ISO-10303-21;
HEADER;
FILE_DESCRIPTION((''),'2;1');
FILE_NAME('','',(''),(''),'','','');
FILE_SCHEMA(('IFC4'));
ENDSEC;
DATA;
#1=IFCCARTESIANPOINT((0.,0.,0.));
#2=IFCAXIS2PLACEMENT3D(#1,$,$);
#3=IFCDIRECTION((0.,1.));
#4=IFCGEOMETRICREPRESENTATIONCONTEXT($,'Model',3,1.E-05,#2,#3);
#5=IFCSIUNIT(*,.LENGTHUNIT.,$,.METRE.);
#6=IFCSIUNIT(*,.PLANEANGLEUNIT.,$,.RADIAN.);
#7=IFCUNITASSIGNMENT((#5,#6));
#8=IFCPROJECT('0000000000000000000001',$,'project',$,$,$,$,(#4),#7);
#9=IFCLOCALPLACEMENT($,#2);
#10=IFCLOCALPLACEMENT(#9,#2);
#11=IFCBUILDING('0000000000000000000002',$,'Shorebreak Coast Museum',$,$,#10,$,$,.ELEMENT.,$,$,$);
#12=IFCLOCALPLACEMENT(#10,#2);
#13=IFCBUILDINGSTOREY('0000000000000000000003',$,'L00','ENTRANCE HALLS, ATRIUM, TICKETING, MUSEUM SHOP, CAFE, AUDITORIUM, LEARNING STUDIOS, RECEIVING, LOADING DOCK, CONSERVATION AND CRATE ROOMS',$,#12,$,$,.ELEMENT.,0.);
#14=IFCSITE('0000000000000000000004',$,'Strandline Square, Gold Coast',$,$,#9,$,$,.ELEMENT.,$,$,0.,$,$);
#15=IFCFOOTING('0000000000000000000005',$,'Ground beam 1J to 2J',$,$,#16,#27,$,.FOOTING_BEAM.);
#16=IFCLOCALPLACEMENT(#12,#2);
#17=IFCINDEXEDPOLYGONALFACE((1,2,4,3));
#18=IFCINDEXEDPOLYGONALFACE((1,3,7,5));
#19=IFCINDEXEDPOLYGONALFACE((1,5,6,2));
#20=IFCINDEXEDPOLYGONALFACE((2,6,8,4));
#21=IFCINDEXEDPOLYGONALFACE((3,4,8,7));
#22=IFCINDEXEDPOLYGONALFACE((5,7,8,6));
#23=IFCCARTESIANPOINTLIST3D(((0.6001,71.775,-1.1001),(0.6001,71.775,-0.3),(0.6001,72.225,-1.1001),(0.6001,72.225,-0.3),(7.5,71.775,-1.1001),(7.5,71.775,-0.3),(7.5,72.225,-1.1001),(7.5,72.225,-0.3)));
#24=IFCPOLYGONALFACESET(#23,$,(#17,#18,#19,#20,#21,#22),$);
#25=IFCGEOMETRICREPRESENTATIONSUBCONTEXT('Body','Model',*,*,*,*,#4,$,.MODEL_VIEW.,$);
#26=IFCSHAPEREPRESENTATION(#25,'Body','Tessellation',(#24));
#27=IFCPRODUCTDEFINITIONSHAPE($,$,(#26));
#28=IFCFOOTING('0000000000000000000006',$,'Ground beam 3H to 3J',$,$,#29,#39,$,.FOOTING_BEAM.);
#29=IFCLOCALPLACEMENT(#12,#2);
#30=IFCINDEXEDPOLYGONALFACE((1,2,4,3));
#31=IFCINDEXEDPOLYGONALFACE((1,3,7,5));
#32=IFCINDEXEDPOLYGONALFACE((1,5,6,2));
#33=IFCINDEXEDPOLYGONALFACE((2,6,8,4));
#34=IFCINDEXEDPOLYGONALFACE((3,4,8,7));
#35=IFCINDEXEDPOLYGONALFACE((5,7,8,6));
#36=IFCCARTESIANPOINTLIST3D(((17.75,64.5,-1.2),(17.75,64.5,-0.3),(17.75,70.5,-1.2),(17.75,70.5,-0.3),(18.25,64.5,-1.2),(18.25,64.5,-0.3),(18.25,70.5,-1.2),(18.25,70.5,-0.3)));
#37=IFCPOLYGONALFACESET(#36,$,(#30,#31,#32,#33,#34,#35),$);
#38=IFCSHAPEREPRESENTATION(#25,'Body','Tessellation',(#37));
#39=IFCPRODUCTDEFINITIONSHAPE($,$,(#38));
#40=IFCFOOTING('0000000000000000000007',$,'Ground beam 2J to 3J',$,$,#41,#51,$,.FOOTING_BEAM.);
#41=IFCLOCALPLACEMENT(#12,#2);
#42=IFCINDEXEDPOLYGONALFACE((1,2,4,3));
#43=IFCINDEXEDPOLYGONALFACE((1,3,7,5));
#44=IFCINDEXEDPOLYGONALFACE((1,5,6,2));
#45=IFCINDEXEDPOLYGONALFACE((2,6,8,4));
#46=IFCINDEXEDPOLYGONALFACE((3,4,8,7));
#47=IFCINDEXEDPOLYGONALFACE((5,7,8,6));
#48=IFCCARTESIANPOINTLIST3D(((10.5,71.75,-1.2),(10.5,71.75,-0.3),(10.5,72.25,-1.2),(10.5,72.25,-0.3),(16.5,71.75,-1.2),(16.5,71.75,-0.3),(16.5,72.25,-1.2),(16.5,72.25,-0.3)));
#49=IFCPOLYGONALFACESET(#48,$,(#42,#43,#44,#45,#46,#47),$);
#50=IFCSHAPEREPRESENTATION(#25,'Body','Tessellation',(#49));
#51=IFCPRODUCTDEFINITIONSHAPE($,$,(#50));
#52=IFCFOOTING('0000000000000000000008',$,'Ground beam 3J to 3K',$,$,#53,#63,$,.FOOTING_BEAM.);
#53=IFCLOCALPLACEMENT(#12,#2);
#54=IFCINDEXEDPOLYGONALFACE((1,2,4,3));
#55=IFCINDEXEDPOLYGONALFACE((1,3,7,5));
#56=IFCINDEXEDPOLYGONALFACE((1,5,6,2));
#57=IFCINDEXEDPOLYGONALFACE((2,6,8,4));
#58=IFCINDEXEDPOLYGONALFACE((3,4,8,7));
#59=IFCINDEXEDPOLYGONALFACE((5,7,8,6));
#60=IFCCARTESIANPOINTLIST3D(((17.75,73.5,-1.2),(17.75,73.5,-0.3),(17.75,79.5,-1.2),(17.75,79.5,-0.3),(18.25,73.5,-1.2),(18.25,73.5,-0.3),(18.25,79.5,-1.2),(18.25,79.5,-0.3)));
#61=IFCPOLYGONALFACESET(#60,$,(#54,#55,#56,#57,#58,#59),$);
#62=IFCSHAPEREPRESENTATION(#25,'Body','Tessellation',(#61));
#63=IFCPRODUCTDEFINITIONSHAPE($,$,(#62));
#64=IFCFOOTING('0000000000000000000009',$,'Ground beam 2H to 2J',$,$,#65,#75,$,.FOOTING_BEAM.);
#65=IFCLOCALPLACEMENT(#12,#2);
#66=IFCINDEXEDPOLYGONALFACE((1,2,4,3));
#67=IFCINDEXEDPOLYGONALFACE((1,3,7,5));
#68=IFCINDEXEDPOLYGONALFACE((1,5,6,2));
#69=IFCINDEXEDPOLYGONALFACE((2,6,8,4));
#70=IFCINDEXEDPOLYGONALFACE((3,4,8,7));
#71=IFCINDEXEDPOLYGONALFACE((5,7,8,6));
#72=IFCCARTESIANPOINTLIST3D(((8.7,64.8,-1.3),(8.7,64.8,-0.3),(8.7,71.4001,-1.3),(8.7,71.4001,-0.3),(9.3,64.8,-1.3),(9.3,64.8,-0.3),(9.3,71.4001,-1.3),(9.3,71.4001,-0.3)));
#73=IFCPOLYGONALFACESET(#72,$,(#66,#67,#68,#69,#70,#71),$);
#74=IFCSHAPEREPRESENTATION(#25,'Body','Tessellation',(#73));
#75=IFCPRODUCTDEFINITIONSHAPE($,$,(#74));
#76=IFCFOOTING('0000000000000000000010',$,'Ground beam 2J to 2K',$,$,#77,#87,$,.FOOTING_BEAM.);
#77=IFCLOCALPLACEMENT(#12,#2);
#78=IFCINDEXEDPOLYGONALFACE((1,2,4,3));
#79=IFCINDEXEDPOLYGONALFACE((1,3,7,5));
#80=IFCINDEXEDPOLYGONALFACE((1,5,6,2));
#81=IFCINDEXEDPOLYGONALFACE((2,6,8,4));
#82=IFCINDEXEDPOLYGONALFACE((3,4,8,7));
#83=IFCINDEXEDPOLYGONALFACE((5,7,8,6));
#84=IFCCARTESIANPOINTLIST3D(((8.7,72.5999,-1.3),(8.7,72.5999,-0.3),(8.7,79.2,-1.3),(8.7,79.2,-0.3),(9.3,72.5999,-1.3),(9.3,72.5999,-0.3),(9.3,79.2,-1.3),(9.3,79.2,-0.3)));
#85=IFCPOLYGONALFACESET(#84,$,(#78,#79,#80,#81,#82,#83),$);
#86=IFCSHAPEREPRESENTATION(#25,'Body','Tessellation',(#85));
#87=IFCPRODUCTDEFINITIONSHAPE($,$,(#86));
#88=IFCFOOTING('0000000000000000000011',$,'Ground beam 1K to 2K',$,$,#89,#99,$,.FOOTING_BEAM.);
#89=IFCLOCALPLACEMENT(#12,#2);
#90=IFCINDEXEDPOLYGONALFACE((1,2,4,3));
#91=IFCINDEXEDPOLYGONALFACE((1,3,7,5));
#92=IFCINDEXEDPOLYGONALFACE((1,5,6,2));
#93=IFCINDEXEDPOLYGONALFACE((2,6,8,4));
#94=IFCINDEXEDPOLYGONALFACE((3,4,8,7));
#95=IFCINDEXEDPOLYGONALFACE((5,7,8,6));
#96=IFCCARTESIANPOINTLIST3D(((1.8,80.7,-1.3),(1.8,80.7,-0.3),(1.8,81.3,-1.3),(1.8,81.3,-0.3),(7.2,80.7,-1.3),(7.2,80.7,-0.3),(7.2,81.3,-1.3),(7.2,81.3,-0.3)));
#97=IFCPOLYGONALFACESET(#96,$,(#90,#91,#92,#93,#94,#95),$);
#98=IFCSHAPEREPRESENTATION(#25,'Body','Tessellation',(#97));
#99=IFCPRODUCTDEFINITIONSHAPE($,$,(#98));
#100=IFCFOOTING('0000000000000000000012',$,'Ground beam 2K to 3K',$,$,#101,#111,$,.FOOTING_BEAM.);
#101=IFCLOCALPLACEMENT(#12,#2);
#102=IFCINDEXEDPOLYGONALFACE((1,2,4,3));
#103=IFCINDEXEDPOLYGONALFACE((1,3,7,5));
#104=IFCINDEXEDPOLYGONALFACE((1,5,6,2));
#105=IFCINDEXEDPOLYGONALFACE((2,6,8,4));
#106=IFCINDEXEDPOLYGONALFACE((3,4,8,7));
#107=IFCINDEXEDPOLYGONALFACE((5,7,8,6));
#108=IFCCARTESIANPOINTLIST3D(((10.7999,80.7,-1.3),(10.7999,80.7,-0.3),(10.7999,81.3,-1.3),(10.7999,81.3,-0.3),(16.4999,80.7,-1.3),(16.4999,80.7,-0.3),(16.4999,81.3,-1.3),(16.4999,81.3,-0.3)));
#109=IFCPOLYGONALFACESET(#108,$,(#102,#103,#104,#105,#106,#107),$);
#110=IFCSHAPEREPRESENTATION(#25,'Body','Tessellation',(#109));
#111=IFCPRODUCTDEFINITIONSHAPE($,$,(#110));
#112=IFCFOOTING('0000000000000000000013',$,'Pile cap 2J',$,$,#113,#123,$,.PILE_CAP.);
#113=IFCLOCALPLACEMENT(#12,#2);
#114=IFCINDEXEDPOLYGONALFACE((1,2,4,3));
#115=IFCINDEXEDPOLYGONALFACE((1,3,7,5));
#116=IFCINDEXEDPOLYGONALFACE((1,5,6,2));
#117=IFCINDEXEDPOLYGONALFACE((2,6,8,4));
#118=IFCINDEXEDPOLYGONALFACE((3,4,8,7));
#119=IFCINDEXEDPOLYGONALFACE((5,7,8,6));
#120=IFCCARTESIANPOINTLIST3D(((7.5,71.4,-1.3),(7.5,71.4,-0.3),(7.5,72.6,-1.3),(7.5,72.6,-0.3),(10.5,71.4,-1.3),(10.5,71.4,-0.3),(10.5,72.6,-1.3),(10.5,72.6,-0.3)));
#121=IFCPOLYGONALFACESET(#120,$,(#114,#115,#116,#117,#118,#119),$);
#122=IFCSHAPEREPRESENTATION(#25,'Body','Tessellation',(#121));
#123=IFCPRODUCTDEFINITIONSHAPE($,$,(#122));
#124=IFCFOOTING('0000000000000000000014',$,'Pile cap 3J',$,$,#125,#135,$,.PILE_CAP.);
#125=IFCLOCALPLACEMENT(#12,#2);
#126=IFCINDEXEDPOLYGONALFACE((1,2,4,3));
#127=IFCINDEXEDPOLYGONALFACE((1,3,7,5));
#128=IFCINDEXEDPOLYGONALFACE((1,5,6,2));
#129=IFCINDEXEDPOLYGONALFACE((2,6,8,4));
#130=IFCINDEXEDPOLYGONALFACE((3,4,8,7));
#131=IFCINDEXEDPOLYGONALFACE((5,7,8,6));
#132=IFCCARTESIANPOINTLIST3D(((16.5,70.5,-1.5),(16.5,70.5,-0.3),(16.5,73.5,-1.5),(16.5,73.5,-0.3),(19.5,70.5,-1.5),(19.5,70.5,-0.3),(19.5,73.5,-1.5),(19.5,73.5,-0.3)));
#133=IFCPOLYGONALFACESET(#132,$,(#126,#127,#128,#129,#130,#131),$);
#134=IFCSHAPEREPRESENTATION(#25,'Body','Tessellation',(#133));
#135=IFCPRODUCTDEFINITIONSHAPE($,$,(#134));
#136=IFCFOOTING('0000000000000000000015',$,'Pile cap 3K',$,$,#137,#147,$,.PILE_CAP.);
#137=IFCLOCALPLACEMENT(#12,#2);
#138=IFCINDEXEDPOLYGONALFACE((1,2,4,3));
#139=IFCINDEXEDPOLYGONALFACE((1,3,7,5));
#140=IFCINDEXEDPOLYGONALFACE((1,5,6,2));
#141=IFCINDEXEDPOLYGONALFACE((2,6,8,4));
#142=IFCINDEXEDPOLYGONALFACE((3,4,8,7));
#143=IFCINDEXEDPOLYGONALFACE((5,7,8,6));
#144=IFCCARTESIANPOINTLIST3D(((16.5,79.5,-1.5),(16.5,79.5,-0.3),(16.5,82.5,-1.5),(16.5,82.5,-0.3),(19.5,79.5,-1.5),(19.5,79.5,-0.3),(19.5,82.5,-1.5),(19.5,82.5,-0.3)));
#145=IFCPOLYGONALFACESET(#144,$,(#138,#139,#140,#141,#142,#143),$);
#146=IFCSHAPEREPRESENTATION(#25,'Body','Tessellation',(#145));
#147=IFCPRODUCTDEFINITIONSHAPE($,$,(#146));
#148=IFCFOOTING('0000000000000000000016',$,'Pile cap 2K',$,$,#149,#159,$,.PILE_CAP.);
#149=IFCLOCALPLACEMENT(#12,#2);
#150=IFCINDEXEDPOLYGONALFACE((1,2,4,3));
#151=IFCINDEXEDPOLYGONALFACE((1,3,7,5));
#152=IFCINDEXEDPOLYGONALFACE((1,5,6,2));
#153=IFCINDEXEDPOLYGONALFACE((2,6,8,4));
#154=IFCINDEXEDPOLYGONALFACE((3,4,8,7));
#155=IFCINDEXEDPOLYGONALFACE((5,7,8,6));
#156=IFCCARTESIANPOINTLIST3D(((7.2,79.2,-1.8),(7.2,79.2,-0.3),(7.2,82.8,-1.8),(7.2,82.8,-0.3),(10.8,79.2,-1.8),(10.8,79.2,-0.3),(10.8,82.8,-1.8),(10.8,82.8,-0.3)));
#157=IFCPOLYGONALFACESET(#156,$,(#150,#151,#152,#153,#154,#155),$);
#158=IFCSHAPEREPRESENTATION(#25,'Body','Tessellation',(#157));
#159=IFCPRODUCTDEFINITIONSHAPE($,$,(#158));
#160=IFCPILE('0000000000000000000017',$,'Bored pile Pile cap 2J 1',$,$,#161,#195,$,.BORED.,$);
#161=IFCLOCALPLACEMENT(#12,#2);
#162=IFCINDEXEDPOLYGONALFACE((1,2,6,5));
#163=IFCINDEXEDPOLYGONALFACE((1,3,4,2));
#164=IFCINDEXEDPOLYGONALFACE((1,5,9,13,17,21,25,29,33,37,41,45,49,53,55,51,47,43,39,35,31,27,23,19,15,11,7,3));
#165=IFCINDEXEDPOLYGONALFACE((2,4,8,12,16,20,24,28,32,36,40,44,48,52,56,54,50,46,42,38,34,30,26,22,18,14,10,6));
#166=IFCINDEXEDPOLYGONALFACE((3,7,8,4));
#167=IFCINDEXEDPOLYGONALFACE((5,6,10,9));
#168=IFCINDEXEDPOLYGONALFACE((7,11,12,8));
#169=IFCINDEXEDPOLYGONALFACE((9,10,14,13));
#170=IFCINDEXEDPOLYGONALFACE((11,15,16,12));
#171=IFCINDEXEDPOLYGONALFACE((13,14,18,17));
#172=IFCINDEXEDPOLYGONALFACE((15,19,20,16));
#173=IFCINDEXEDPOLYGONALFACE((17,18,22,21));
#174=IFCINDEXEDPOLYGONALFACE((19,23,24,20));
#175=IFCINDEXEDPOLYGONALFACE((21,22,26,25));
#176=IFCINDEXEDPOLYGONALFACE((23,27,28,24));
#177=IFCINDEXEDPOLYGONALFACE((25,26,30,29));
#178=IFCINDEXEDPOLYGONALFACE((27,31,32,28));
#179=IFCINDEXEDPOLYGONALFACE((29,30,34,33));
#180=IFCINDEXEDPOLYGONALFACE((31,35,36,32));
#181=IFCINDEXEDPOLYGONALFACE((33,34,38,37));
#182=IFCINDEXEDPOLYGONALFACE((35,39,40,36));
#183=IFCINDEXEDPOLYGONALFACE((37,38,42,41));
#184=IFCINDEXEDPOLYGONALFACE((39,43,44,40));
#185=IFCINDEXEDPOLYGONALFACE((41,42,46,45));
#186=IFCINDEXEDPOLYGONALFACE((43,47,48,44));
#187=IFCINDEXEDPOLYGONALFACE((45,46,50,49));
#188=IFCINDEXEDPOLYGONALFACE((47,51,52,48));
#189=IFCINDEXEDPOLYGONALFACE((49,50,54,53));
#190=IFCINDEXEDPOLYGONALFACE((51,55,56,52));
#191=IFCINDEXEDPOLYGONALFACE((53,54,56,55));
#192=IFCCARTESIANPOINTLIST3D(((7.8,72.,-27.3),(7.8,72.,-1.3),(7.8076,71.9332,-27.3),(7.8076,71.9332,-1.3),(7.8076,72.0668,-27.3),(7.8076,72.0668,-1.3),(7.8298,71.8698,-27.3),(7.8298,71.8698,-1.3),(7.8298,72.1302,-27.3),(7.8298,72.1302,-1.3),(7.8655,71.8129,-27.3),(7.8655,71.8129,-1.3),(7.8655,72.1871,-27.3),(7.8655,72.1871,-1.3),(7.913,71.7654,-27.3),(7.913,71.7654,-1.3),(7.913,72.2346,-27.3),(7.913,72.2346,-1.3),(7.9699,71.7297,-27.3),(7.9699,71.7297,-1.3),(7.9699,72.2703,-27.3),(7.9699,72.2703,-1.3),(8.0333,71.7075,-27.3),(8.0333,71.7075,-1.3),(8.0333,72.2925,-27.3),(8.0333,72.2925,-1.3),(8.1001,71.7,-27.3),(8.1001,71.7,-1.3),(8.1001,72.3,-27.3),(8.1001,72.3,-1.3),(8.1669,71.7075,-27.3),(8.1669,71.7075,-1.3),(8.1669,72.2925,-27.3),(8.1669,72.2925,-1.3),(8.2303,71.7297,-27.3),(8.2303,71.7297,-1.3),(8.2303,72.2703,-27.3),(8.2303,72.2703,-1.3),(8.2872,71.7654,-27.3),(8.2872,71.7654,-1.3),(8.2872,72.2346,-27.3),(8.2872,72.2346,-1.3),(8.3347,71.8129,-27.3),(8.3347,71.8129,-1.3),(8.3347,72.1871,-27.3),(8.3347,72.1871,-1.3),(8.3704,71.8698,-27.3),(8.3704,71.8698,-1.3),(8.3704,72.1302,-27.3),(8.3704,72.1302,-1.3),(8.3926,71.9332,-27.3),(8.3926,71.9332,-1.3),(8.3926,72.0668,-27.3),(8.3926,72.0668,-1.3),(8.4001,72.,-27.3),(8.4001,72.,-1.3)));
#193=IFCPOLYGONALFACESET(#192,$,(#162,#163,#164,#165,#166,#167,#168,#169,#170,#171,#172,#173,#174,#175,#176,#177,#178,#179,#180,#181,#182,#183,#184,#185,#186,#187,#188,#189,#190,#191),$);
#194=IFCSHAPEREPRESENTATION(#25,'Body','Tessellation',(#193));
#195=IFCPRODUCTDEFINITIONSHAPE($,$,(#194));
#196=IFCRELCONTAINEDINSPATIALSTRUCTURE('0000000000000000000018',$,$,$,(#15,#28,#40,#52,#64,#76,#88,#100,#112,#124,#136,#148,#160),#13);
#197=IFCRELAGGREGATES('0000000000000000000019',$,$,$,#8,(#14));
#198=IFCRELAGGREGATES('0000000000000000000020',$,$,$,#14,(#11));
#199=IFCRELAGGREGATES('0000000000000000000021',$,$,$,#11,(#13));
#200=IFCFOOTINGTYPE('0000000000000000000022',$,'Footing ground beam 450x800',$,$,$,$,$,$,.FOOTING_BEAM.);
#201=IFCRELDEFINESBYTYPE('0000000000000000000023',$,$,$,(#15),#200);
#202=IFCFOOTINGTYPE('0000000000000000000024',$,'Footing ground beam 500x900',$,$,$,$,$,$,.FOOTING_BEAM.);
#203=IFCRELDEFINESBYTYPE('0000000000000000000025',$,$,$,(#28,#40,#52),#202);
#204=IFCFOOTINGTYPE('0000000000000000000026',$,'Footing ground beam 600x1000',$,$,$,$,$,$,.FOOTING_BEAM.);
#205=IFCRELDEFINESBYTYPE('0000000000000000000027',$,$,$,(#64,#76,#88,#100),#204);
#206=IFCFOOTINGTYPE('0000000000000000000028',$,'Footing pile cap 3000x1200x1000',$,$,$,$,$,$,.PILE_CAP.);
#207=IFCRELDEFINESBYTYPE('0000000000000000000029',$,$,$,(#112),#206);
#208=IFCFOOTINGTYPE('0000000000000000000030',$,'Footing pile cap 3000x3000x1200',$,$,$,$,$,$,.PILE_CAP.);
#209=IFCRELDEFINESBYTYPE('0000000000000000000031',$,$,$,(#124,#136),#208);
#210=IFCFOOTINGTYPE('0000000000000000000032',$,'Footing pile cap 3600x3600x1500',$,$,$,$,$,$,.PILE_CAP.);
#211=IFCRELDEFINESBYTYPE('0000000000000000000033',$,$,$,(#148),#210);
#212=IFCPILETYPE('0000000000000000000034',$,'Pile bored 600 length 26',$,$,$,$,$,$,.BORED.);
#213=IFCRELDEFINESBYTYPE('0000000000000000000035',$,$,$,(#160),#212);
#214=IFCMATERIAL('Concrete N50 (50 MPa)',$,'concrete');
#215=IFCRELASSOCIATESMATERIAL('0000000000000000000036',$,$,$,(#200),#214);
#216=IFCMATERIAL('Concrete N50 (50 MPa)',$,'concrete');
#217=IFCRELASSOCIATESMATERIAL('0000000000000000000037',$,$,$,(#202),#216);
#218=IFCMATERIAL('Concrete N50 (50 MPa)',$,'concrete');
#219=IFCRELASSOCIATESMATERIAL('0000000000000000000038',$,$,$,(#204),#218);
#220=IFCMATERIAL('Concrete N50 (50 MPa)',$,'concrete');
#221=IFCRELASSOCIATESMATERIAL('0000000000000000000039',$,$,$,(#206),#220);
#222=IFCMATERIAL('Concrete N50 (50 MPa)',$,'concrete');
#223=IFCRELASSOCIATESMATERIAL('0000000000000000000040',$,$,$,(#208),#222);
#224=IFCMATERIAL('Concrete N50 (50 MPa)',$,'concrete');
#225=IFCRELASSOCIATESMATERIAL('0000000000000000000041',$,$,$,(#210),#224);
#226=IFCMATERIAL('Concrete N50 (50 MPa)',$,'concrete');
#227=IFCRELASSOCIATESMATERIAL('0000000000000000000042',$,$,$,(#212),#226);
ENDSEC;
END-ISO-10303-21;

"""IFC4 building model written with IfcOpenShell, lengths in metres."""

from ifc_helpers import new_model, si_unit, direction, frame, origin, origin_2d, place, context, subcontext, project, spatial, rectangle, circle, extrude, material, material_profile, profile_set, type_object, element, save


model = new_model("IFC4")

# Units and contexts
model_context = context("Model", 3, precision=1e-05, world=origin(), true_north=direction((0.0, 1.0)))
body_context = subcontext(model_context, "Body", "Model", "MODEL_VIEW")
ifc_project = project(units=[si_unit("LENGTHUNIT", "METRE"), si_unit("PLANEANGLEUNIT", "RADIAN")], contexts=[model_context])

# Site, building, storey
site_placement = place(None, origin())
site = spatial("IfcSite", under=ifc_project, at=site_placement, Name="Strandline Square, Gold Coast", CompositionType="ELEMENT", RefElevation=0.0)
building_placement = place(site_placement, origin())
building = spatial("IfcBuilding", under=site, at=building_placement, Name="Shorebreak Coast Museum", CompositionType="ELEMENT")
storey_placement = place(building_placement, origin())
storey = spatial("IfcBuildingStorey", under=building, at=storey_placement, Name="L00", Description="ENTRANCE HALLS, ATRIUM, TICKETING, MUSEUM SHOP, CAFE, AUDITORIUM, LEARNING STUDIOS, RECEIVING, LOADING DOCK, CONSERVATION AND CRATE ROOMS", CompositionType="ELEMENT", Elevation=0.0)

# Footings
ifc_material_1 = material(Name="Concrete N50 (50 MPa)", Category="concrete")
footing_type_1 = type_object("IfcFootingType", Name="Footing ground beam 450x800", PredefinedType="FOOTING_BEAM", material=ifc_material_1)
footing_1_placement = place(storey_placement, frame((4.05, 72.0, -1.1001), z_axis=(0.0, 0.0, 1.0), x_axis=(1.0, 0.0, 0.0)))
element("IfcFooting", 1, at=footing_1_placement, inside=storey, type_object=footing_type_1, Name="Ground beam 1J to 2J", PredefinedType="FOOTING_BEAM", context=body_context, shape_type="SweptSolid", body=[
    extrude(rectangle(XDim=6.8999, YDim=0.45, at=origin_2d()), origin(), (0.0, 0.0, 1.0), 0.8),
])
ifc_material_2 = material(Name="Concrete N50 (50 MPa)", Category="concrete")
footing_type_2 = type_object("IfcFootingType", Name="Footing ground beam 500x900", PredefinedType="FOOTING_BEAM", material=ifc_material_2)
footing_2_placement = place(storey_placement, frame((18.0, 67.5, -1.2), z_axis=(0.0, 0.0, 1.0), x_axis=(1.0, 0.0, 0.0)))
element("IfcFooting", 2, at=footing_2_placement, inside=storey, type_object=footing_type_2, Name="Ground beam 3H to 3J", PredefinedType="FOOTING_BEAM", context=body_context, shape_type="SweptSolid", body=[
    extrude(rectangle(XDim=0.5, YDim=6.0, at=origin_2d()), origin(), (0.0, 0.0, 1.0), 0.8999),
])
footing_3_placement = place(storey_placement, frame((13.5, 72.0, -1.2), z_axis=(0.0, 0.0, 1.0), x_axis=(1.0, 0.0, 0.0)))
element("IfcFooting", 3, at=footing_3_placement, inside=storey, type_object=footing_type_2, Name="Ground beam 2J to 3J", PredefinedType="FOOTING_BEAM", context=body_context, shape_type="SweptSolid", body=[
    extrude(rectangle(XDim=6.0, YDim=0.5, at=origin_2d()), origin(), (0.0, 0.0, 1.0), 0.8999),
])
footing_4_placement = place(storey_placement, frame((18.0, 76.5, -1.2), z_axis=(0.0, 0.0, 1.0), x_axis=(1.0, 0.0, 0.0)))
element("IfcFooting", 4, at=footing_4_placement, inside=storey, type_object=footing_type_2, Name="Ground beam 3J to 3K", PredefinedType="FOOTING_BEAM", context=body_context, shape_type="SweptSolid", body=[
    extrude(rectangle(XDim=0.5, YDim=6.0, at=origin_2d()), origin(), (0.0, 0.0, 1.0), 0.8999),
])
ifc_material_3 = material(Name="Concrete N50 (50 MPa)", Category="concrete")
footing_type_3 = type_object("IfcFootingType", Name="Footing ground beam 600x1000", PredefinedType="FOOTING_BEAM", material=ifc_material_3)
for number, where, z_axis, x_axis, name in (
    (5, (9.0, 68.1001, -1.3), (0.0, 0.0, 1.0), (1.0, 0.0, 0.0), "Ground beam 2H to 2J"),
    (6, (9.0, 75.8999, -1.3), (0.0, 0.0, 1.0), (1.0, 0.0, 0.0), "Ground beam 2J to 2K"),
):
    element("IfcFooting", number, at=place(storey_placement, frame(where, z_axis=z_axis, x_axis=x_axis)), inside=storey, type_object=footing_type_3, Name=name, PredefinedType="FOOTING_BEAM", context=body_context, shape_type="SweptSolid", body=[
        extrude(rectangle(XDim=0.6001, YDim=6.6001, at=origin_2d()), origin(), (0.0, 0.0, 1.0), 1.0),
    ])
footing_5_placement = place(storey_placement, frame((4.5, 81.0, -1.3), z_axis=(0.0, 0.0, 1.0), x_axis=(1.0, 0.0, 0.0)))
element("IfcFooting", 7, at=footing_5_placement, inside=storey, type_object=footing_type_3, Name="Ground beam 1K to 2K", PredefinedType="FOOTING_BEAM", context=body_context, shape_type="SweptSolid", body=[
    extrude(rectangle(XDim=5.3999, YDim=0.6001, at=origin_2d()), origin(), (0.0, 0.0, 1.0), 1.0),
])
footing_6_placement = place(storey_placement, frame((13.6499, 81.0, -1.3), z_axis=(0.0, 0.0, 1.0), x_axis=(1.0, 0.0, 0.0)))
element("IfcFooting", 8, at=footing_6_placement, inside=storey, type_object=footing_type_3, Name="Ground beam 2K to 3K", PredefinedType="FOOTING_BEAM", context=body_context, shape_type="SweptSolid", body=[
    extrude(rectangle(XDim=5.7, YDim=0.6001, at=origin_2d()), origin(), (0.0, 0.0, 1.0), 1.0),
])
ifc_material_4 = material(Name="Concrete N50 (50 MPa)", Category="concrete")
footing_type_4 = type_object("IfcFootingType", Name="Footing pile cap 3000x1200x1000", PredefinedType="PILE_CAP", material=ifc_material_4)
footing_7_placement = place(storey_placement, frame((9.0, 72.0, -1.3), z_axis=(0.0, 0.0, 1.0), x_axis=(1.0, 0.0, 0.0)))
element("IfcFooting", 9, at=footing_7_placement, inside=storey, type_object=footing_type_4, Name="Pile cap 2J", PredefinedType="PILE_CAP", context=body_context, shape_type="SweptSolid", body=[
    extrude(rectangle(XDim=3.0, YDim=1.2, at=origin_2d()), origin(), (0.0, 0.0, 1.0), 1.0),
])
ifc_material_5 = material(Name="Concrete N50 (50 MPa)", Category="concrete")
footing_type_5 = type_object("IfcFootingType", Name="Footing pile cap 3000x3000x1200", PredefinedType="PILE_CAP", material=ifc_material_5)
for number, where, z_axis, x_axis, name in (
    (10, (18.0, 72.0, -1.5), (0.0, 0.0, 1.0), (1.0, 0.0, 0.0), "Pile cap 3J"),
    (11, (18.0, 81.0, -1.5), (0.0, 0.0, 1.0), (1.0, 0.0, 0.0), "Pile cap 3K"),
):
    element("IfcFooting", number, at=place(storey_placement, frame(where, z_axis=z_axis, x_axis=x_axis)), inside=storey, type_object=footing_type_5, Name=name, PredefinedType="PILE_CAP", context=body_context, shape_type="SweptSolid", body=[
        extrude(rectangle(XDim=3.0, YDim=3.0, at=origin_2d()), origin(), (0.0, 0.0, 1.0), 1.2),
    ])
ifc_material_6 = material(Name="Concrete N50 (50 MPa)", Category="concrete")
footing_type_6 = type_object("IfcFootingType", Name="Footing pile cap 3600x3600x1500", PredefinedType="PILE_CAP", material=ifc_material_6)
footing_8_placement = place(storey_placement, frame((9.0, 81.0, -1.8), z_axis=(0.0, 0.0, 1.0), x_axis=(1.0, 0.0, 0.0)))
element("IfcFooting", 12, at=footing_8_placement, inside=storey, type_object=footing_type_6, Name="Pile cap 2K", PredefinedType="PILE_CAP", context=body_context, shape_type="SweptSolid", body=[
    extrude(rectangle(XDim=3.6001, YDim=3.6001, at=origin_2d()), origin(), (0.0, 0.0, 1.0), 1.5),
])

# Pile
ifc_material_7 = material(Name="Concrete N50 (50 MPa)", Category="concrete")
ifc_material_profile_1 = material_profile(ifc_material_7, circle(Radius=0.3, at=origin_2d()), Name="Pile bored 600 length 26")
ifc_profile_set_1 = profile_set([ifc_material_profile_1], Name="Concrete N50 (50 MPa)")
pile_type_1 = type_object("IfcPileType", Name="Pile bored 600 length 26", PredefinedType="BORED", material=ifc_profile_set_1)
for number, where, z_axis, x_axis, name in (
    (13, (8.1001, 72.0, -1.3), (0.0, 0.0, -1.0), (1.0, 0.0, 0.0), "Bored pile Pile cap 2J 1"),
):
    element("IfcPile", number, at=place(storey_placement, frame(where, z_axis=z_axis, x_axis=x_axis)), inside=storey, type_object=pile_type_1, Name=name, PredefinedType="BORED", context=body_context, shape_type="SweptSolid", body=[
        extrude(circle(Radius=0.3, at=origin_2d()), origin(), (0.0, 0.0, 1.0), 26.0),
    ])

save(model, "model.ifc")
